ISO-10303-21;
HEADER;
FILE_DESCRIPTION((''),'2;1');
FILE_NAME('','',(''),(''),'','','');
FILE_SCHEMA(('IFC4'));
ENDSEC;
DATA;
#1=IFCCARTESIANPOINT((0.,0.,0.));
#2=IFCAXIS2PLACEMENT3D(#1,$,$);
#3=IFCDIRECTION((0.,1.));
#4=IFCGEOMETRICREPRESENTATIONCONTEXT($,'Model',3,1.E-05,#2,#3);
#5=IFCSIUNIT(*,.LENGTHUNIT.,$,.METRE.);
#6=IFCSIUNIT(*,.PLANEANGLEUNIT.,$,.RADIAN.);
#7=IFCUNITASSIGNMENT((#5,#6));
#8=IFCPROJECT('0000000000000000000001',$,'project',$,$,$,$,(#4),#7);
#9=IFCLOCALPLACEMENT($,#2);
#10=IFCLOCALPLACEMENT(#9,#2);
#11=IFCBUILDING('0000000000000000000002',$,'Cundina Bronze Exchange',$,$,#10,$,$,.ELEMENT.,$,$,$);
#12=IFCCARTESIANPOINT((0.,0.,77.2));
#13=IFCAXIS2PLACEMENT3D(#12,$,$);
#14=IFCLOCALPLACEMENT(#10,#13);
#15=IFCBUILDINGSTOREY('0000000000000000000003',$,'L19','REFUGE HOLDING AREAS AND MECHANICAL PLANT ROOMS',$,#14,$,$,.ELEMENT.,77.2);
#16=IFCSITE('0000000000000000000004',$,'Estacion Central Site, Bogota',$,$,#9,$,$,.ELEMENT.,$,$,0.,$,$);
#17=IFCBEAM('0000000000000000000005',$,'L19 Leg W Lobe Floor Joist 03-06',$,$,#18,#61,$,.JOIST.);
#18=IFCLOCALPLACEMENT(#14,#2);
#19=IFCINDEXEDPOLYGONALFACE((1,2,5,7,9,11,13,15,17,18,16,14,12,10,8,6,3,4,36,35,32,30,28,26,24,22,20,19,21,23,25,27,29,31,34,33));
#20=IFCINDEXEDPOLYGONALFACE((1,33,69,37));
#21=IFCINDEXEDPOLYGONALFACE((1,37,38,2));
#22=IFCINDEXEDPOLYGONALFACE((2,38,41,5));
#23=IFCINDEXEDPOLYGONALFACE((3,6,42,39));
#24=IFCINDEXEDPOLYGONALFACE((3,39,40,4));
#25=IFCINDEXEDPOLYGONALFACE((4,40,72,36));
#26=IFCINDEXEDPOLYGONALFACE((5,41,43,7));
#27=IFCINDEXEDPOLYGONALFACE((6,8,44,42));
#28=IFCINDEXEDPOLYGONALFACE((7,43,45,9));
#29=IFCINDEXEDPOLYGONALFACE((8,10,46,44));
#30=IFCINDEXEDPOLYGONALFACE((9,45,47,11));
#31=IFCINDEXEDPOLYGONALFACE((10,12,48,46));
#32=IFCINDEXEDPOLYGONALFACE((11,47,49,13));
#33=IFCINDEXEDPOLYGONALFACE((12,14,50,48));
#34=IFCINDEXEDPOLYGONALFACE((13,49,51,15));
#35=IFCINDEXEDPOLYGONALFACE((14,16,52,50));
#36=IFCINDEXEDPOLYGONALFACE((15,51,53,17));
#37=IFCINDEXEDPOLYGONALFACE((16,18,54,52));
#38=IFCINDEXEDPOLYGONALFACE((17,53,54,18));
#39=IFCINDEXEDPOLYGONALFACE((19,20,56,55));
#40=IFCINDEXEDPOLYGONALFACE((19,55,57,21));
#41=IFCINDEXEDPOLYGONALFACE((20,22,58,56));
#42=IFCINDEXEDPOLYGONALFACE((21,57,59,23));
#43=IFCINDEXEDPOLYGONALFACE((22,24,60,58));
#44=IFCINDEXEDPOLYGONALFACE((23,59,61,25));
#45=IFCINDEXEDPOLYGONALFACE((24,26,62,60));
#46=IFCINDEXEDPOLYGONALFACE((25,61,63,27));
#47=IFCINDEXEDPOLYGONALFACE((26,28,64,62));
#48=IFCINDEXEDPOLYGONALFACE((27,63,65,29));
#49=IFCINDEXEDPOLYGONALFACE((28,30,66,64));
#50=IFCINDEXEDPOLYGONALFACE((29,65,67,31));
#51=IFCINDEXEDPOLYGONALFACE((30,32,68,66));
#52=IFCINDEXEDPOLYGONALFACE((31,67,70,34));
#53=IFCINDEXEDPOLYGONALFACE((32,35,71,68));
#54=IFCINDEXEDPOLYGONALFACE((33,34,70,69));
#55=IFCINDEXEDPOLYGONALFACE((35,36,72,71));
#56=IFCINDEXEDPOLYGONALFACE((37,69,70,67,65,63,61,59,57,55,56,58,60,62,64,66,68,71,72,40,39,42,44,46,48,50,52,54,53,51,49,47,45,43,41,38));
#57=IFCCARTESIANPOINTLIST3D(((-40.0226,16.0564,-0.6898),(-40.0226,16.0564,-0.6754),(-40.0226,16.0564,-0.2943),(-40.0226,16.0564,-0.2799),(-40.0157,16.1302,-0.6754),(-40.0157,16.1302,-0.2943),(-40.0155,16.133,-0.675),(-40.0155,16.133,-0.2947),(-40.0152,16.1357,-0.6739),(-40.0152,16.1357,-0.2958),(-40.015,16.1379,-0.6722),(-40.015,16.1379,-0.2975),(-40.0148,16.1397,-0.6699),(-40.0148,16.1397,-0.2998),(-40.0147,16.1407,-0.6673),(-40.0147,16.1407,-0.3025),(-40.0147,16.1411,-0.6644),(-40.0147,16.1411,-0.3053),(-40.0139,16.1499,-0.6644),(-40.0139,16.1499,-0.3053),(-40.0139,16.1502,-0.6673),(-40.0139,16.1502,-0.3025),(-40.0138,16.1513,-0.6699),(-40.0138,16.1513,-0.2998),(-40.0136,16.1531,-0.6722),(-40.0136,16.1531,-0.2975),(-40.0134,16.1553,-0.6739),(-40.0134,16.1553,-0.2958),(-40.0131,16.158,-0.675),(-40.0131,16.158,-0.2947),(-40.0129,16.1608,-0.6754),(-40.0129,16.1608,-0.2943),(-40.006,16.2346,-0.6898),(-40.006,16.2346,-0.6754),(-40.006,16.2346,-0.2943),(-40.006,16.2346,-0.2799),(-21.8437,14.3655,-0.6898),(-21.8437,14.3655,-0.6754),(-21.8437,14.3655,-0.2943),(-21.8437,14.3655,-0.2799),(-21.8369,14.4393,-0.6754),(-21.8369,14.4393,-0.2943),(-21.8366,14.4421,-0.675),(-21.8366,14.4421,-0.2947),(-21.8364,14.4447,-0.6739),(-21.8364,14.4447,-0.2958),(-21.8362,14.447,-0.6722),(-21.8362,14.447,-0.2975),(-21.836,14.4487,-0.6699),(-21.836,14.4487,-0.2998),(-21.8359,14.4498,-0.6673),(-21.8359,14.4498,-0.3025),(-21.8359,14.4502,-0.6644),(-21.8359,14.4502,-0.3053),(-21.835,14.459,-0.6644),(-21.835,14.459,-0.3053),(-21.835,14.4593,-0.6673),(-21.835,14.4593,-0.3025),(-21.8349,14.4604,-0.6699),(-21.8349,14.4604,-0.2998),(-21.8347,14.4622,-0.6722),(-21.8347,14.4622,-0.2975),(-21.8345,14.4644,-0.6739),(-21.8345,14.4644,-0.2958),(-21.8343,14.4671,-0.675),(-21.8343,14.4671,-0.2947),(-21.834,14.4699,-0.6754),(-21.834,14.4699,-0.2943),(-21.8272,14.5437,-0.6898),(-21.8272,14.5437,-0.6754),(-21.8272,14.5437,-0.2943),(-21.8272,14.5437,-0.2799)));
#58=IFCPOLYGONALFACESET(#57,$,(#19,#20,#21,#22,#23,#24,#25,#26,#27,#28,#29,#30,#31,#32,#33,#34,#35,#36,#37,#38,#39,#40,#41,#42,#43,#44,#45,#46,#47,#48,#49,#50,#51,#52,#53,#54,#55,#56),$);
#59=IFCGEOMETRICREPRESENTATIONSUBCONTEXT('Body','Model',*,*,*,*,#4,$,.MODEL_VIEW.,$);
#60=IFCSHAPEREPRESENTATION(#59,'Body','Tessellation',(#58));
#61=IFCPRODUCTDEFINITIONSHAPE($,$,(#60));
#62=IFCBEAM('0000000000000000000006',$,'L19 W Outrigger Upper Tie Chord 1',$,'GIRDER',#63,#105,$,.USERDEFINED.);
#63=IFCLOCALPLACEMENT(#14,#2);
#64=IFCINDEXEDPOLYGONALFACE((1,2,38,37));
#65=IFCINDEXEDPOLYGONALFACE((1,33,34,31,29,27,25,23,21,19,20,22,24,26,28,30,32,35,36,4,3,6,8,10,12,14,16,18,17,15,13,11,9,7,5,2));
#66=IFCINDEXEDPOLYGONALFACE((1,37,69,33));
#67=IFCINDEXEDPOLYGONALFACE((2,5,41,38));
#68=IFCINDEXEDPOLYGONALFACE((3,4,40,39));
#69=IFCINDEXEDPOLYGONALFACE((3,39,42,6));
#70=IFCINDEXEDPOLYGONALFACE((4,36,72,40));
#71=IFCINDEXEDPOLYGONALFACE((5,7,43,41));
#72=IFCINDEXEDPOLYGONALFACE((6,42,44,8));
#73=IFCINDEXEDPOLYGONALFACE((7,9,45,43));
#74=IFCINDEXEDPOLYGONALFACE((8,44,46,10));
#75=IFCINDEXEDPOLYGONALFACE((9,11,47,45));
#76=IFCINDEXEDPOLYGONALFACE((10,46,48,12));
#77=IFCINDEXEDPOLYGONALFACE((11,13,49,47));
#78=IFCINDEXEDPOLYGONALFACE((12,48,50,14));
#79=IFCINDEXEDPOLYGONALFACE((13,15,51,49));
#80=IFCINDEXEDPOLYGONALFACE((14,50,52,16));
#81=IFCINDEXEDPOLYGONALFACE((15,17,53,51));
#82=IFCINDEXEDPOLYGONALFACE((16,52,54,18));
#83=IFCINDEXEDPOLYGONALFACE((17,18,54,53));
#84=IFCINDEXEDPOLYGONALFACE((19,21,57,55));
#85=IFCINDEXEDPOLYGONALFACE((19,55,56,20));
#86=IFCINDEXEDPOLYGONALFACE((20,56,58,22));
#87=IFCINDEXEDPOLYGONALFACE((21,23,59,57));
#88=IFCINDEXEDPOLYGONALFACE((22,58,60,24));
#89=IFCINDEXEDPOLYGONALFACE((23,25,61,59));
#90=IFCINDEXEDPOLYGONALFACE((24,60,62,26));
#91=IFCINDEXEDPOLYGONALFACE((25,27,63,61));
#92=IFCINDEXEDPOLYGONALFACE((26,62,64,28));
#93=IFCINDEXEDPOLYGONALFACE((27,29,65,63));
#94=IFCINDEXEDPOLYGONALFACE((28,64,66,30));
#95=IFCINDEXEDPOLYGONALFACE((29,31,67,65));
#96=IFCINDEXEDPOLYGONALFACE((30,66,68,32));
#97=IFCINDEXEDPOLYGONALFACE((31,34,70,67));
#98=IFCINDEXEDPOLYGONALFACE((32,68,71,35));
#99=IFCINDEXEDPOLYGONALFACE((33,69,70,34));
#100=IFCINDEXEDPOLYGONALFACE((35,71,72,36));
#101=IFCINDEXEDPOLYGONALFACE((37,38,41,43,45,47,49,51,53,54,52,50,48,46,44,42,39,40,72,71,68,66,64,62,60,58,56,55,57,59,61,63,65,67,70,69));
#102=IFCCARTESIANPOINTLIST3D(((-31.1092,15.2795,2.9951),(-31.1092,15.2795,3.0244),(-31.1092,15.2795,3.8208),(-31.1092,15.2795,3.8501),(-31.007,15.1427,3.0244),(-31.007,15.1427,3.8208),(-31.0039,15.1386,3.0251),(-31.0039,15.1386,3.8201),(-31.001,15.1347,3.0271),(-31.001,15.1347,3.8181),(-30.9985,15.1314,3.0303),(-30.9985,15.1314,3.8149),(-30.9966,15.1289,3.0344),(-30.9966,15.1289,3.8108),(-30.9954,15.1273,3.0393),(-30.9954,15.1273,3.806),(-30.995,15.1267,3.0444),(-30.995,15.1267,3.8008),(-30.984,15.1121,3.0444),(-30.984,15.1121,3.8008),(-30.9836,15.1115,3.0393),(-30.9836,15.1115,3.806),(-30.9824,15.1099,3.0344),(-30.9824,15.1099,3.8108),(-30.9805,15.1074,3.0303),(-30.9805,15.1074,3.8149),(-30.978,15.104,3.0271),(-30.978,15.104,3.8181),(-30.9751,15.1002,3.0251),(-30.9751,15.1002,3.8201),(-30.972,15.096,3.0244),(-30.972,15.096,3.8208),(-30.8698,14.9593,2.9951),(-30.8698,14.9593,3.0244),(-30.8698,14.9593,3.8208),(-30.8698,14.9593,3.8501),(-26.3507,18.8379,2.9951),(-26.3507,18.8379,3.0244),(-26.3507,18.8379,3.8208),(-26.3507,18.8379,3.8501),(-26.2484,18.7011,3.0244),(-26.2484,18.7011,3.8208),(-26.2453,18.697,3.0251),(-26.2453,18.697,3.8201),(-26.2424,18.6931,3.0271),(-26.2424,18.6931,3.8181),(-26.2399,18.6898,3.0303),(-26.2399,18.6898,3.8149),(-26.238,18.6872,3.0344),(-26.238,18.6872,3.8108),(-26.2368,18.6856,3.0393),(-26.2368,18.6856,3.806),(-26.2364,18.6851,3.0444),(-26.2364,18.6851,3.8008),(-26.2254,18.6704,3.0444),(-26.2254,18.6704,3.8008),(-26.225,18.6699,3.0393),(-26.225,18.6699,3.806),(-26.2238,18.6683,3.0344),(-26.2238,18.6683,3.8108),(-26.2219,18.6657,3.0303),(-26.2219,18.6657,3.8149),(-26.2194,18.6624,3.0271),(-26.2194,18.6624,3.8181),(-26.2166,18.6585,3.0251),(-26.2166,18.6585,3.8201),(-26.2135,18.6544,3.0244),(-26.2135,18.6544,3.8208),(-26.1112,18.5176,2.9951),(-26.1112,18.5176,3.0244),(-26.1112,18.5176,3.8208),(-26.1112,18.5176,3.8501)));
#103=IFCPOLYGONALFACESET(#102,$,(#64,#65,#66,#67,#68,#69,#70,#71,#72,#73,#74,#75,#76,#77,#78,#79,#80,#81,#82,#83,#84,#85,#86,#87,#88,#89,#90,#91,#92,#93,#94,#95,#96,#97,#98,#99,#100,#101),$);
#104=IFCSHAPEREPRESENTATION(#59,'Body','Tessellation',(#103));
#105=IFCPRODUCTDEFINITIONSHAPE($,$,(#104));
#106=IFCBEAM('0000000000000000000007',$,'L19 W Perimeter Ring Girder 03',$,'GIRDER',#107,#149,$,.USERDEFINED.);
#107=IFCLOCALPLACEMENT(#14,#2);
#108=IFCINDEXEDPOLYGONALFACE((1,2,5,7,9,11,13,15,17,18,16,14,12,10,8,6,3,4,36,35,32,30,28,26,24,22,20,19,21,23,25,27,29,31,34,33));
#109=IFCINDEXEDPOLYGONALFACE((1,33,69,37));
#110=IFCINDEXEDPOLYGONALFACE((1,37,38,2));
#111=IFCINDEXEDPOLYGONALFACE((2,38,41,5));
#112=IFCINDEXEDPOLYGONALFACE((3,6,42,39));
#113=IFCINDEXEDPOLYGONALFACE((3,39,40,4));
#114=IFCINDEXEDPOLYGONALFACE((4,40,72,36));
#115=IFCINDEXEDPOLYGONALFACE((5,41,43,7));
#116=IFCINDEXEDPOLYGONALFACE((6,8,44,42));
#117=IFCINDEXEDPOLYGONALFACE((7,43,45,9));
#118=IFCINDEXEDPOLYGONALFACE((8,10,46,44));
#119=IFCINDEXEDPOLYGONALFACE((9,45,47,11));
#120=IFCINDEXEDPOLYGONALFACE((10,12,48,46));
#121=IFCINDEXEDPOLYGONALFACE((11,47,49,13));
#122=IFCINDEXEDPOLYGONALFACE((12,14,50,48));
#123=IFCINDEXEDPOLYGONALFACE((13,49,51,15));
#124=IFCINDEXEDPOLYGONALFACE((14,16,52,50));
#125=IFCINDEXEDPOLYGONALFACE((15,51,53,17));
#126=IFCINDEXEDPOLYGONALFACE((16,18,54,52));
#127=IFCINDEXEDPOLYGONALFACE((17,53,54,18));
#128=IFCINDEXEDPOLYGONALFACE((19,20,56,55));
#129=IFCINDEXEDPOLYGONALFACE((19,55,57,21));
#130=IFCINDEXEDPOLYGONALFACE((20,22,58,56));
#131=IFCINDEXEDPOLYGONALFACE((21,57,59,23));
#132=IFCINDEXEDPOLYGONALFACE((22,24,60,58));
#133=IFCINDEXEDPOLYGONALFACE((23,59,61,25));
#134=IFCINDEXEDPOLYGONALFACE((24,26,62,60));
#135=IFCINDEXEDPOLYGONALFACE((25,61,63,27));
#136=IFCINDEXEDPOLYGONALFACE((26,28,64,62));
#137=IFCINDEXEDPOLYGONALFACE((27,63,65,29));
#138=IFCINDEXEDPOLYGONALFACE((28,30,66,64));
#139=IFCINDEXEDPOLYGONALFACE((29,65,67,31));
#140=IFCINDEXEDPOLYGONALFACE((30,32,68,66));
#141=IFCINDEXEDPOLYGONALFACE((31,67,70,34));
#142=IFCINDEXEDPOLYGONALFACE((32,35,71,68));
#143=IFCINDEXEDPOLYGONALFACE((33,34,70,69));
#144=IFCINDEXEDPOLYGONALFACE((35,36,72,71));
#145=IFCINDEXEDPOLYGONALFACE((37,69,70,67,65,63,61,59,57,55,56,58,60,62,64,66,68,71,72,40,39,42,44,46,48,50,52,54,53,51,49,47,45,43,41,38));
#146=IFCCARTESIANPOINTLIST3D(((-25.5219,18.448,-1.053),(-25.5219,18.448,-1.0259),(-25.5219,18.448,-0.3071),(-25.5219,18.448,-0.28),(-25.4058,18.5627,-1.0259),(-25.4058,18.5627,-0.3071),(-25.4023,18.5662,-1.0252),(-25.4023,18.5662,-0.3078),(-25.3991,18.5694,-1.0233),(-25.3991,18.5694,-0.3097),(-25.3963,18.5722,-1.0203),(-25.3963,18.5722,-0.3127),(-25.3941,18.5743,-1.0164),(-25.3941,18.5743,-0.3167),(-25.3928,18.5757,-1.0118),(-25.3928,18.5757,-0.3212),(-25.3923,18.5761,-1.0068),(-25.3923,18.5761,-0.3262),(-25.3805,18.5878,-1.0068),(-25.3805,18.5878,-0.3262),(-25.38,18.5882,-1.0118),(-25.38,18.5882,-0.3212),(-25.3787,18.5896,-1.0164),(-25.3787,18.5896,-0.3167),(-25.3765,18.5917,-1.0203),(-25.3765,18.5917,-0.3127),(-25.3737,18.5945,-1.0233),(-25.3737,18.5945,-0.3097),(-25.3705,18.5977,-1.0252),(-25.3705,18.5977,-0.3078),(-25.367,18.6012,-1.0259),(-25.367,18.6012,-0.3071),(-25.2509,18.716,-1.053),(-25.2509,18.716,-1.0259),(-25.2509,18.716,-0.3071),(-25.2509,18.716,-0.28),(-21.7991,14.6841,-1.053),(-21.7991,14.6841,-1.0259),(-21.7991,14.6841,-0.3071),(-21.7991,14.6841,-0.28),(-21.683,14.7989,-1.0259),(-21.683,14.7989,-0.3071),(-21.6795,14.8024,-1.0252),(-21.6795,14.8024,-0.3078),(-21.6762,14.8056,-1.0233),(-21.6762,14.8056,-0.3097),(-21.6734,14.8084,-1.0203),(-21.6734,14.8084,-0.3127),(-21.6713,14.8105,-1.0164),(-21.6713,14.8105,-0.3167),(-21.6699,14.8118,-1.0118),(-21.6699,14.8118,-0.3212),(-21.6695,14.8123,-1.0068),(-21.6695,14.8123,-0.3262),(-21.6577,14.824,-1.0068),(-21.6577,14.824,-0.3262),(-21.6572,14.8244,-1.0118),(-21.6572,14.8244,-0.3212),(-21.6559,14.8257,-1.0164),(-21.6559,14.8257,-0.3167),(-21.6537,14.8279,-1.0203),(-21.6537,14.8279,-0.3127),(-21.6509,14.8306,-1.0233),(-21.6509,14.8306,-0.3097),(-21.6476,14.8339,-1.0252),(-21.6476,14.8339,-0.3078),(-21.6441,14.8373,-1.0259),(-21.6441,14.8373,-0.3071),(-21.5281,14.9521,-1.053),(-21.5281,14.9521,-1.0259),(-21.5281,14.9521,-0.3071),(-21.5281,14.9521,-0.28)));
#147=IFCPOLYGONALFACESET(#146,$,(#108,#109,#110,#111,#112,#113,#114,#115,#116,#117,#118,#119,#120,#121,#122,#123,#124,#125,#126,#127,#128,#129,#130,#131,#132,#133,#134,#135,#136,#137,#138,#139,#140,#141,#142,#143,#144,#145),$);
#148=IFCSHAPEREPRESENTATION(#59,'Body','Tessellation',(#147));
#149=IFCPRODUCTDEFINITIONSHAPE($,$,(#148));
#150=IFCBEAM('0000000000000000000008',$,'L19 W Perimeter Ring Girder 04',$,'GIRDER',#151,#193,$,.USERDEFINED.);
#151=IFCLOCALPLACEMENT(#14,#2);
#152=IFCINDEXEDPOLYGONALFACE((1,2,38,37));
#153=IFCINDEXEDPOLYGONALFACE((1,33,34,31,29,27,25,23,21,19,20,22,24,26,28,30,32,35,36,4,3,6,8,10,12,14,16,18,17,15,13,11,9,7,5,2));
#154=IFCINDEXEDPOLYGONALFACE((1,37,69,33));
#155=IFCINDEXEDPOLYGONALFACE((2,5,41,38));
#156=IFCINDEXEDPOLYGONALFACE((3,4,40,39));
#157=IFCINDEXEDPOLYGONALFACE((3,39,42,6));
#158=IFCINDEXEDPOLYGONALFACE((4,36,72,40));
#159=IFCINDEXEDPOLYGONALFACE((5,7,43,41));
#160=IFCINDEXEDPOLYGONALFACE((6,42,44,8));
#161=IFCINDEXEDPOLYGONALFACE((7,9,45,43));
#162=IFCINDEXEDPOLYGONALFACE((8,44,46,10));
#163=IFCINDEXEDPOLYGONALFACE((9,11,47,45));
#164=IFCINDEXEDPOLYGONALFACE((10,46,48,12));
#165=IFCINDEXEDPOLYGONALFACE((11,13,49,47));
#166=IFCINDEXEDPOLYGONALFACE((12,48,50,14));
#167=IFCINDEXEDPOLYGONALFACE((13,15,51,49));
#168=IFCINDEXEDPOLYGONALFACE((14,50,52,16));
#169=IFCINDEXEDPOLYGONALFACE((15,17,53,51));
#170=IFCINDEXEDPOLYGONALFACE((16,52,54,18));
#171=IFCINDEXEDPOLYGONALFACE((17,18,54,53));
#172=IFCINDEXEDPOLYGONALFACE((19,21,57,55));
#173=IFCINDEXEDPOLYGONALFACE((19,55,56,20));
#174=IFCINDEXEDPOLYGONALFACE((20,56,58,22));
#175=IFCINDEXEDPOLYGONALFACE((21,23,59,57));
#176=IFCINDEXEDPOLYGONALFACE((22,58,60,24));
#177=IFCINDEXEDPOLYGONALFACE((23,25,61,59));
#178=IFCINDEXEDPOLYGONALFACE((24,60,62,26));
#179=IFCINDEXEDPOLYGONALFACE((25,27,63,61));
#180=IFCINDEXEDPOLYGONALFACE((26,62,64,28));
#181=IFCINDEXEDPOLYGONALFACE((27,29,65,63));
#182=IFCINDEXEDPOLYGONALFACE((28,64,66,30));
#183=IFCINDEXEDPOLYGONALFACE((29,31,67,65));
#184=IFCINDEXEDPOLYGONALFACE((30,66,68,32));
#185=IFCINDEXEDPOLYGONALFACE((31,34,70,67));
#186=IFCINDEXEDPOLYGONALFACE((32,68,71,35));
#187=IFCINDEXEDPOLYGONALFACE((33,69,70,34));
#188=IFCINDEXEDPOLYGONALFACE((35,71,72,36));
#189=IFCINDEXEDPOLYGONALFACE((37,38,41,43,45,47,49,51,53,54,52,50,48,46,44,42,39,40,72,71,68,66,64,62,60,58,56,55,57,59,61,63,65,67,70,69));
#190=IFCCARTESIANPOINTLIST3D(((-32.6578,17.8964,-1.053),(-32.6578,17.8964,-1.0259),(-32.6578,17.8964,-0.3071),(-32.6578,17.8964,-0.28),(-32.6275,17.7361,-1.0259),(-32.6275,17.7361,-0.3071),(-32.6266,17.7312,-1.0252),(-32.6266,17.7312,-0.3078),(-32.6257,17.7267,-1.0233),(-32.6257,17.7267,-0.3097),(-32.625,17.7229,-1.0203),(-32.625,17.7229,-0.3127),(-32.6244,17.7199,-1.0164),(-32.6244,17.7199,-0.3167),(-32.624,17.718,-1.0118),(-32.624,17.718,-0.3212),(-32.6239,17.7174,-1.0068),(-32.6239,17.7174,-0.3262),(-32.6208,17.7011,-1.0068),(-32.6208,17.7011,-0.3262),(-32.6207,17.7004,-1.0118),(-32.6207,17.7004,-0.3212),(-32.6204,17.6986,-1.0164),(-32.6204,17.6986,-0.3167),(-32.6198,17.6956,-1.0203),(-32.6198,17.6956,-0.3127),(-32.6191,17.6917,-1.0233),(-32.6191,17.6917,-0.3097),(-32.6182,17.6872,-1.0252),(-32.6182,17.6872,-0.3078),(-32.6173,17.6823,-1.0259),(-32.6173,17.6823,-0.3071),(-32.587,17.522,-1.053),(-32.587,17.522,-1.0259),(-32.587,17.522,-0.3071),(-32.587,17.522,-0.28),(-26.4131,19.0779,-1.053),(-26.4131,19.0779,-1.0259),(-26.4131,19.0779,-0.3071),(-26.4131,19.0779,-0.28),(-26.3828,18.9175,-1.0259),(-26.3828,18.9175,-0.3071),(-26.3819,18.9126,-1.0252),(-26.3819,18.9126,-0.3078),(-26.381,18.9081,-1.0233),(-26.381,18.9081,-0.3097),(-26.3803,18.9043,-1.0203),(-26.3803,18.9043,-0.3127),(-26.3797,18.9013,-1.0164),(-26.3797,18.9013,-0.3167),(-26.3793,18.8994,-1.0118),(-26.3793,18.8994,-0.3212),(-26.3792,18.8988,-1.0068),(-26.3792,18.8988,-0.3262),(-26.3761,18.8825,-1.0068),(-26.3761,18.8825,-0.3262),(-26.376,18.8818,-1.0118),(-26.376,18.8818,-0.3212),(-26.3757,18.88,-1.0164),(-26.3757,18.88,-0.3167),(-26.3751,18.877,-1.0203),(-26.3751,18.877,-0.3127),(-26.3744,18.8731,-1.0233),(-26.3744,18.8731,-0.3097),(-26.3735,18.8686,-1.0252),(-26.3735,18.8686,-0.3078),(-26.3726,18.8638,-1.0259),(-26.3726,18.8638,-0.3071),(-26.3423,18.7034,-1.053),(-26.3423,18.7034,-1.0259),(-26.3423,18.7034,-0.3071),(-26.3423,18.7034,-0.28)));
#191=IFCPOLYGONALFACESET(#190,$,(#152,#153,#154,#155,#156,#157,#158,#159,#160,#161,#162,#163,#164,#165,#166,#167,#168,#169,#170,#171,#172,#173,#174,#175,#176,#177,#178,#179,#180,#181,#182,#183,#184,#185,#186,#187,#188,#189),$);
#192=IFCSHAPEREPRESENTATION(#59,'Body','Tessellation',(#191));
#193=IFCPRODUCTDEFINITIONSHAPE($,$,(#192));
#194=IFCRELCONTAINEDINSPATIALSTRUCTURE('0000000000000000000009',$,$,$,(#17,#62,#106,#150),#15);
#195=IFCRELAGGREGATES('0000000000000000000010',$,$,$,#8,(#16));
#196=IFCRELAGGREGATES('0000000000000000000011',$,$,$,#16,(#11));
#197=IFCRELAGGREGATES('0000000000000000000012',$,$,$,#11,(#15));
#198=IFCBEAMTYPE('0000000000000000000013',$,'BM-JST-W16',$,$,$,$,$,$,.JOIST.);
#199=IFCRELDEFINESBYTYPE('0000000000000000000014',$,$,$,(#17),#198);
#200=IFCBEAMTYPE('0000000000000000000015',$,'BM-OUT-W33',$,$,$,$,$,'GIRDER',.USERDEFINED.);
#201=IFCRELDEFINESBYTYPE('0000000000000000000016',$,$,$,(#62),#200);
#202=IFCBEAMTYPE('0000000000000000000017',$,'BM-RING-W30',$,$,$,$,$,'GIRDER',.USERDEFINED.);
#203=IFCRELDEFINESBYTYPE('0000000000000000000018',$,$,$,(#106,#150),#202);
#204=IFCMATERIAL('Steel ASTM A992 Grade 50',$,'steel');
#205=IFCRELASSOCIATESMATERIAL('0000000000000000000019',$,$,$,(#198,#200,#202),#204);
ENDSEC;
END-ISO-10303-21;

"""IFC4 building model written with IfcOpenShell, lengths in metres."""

from ifc_helpers import new_model, si_unit, direction, frame, origin, origin_2d, place, context, subcontext, project, spatial, i_section, extrude, material, material_profile, profile_set, type_object, element, save


model = new_model("IFC4")

# Units and contexts
model_context = context("Model", 3, precision=1e-05, world=origin(), true_north=direction((0.0, 1.0)))
body_context = subcontext(model_context, "Body", "Model", "MODEL_VIEW")
ifc_project = project(units=[si_unit("LENGTHUNIT", "METRE"), si_unit("PLANEANGLEUNIT", "RADIAN")], contexts=[model_context])

# Site, building, storey
site_placement = place(None, origin())
site = spatial("IfcSite", under=ifc_project, at=site_placement, Name="Estacion Central Site, Bogota", CompositionType="ELEMENT", RefElevation=0.0)
building_placement = place(site_placement, origin())
building = spatial("IfcBuilding", under=site, at=building_placement, Name="Cundina Bronze Exchange", CompositionType="ELEMENT")
storey_placement = place(building_placement, frame((0.0, 0.0, 77.2)))
storey = spatial("IfcBuildingStorey", under=building, at=storey_placement, Name="L19", Description="REFUGE HOLDING AREAS AND MECHANICAL PLANT ROOMS", CompositionType="ELEMENT", Elevation=77.2)

# Shared definitions
ifc_material_1 = material(Name="Steel ASTM A992 Grade 50", Category="steel")

# Beams
ifc_material_profile_1 = material_profile(ifc_material_1, i_section(OverallWidth=0.179, OverallDepth=0.4099, WebThickness=0.0088, FlangeThickness=0.0144, FilletRadius=0.011, at=origin_2d()), Name="W16X45", Category="steel")
ifc_profile_set_1 = profile_set([ifc_material_profile_1], Name="Steel ASTM A992 Grade 50")
beam_type_1 = type_object("IfcBeamType", Name="BM-JST-W16", PredefinedType="JOIST", material=ifc_profile_set_1)
beam_1_placement = place(storey_placement, frame((-21.8354, 14.4546, -0.4849), z_axis=(-0.995702, 0.092615, 0.0), x_axis=(-0.092615, -0.995702, 0.0)))
element("IfcBeam", 1, at=beam_1_placement, inside=storey, type_object=beam_type_1, Name="L19 Leg W Lobe Floor Joist 03-06", PredefinedType="JOIST", context=body_context, shape_type="SweptSolid", body=[
    extrude(i_section(OverallWidth=0.179, OverallDepth=0.4099, WebThickness=0.0088, FlangeThickness=0.0144, FilletRadius=0.011, at=origin_2d()), origin(), (0.0, 0.0, 1.0), 18.2573),
])
ifc_material_profile_2 = material_profile(ifc_material_1, i_section(OverallWidth=0.3999, OverallDepth=0.855, WebThickness=0.0183, FlangeThickness=0.0293, FilletRadius=0.02, at=origin_2d()), Name="W33X201", Category="steel")
ifc_profile_set_2 = profile_set([ifc_material_profile_2], Name="Steel ASTM A992 Grade 50")
beam_type_2 = type_object("IfcBeamType", Name="BM-OUT-W33", ElementType="GIRDER", PredefinedType="USERDEFINED", material=ifc_profile_set_2)
beam_2_placement = place(storey_placement, frame((-30.9895, 15.1194, 3.4226), z_axis=(0.800852, 0.598862, 0.0), x_axis=(-0.598862, 0.800852, 0.0)))
element("IfcBeam", 2, at=beam_2_placement, inside=storey, type_object=beam_type_2, Name="L19 W Outrigger Upper Tie Chord 1", ObjectType="GIRDER", PredefinedType="USERDEFINED", context=body_context, shape_type="SweptSolid", body=[
    extrude(i_section(OverallWidth=0.3999, OverallDepth=0.855, WebThickness=0.0183, FlangeThickness=0.0293, FilletRadius=0.02, at=origin_2d()), origin(), (0.0, 0.0, 1.0), 5.9419),
])
ifc_material_profile_3 = material_profile(ifc_material_1, i_section(OverallWidth=0.3811, OverallDepth=0.7729, WebThickness=0.0166, FlangeThickness=0.0271, FilletRadius=0.019, at=origin_2d()), Name="W30X173", Category="steel")
ifc_profile_set_3 = profile_set([ifc_material_profile_3], Name="Steel ASTM A992 Grade 50")
beam_type_3 = type_object("IfcBeamType", Name="BM-RING-W30", ElementType="GIRDER", PredefinedType="USERDEFINED", material=ifc_profile_set_3)
beam_3_placement = place(storey_placement, frame((-21.6636, 14.8181, -0.6665), z_axis=(-0.703222, 0.71097, 0.0), x_axis=(-0.71097, -0.703222, 0.0)))
element("IfcBeam", 3, at=beam_3_placement, inside=storey, type_object=beam_type_3, Name="L19 W Perimeter Ring Girder 03", ObjectType="GIRDER", PredefinedType="USERDEFINED", context=body_context, shape_type="SweptSolid", body=[
    extrude(i_section(OverallWidth=0.3811, OverallDepth=0.7729, WebThickness=0.0166, FlangeThickness=0.0271, FilletRadius=0.019, at=origin_2d()), origin(), (0.0, 0.0, 1.0), 5.2939),
])
beam_4_placement = place(storey_placement, frame((-26.3777, 18.8906, -0.6665), z_axis=(-0.982571, -0.185889, 0.0), x_axis=(0.185889, -0.982571, 0.0)))
element("IfcBeam", 4, at=beam_4_placement, inside=storey, type_object=beam_type_3, Name="L19 W Perimeter Ring Girder 04", ObjectType="GIRDER", PredefinedType="USERDEFINED", context=body_context, shape_type="SweptSolid", body=[
    extrude(i_section(OverallWidth=0.3811, OverallDepth=0.7729, WebThickness=0.0166, FlangeThickness=0.0271, FilletRadius=0.019, at=origin_2d()), origin(), (0.0, 0.0, 1.0), 6.3555),
])

save(model, "model.ifc")
